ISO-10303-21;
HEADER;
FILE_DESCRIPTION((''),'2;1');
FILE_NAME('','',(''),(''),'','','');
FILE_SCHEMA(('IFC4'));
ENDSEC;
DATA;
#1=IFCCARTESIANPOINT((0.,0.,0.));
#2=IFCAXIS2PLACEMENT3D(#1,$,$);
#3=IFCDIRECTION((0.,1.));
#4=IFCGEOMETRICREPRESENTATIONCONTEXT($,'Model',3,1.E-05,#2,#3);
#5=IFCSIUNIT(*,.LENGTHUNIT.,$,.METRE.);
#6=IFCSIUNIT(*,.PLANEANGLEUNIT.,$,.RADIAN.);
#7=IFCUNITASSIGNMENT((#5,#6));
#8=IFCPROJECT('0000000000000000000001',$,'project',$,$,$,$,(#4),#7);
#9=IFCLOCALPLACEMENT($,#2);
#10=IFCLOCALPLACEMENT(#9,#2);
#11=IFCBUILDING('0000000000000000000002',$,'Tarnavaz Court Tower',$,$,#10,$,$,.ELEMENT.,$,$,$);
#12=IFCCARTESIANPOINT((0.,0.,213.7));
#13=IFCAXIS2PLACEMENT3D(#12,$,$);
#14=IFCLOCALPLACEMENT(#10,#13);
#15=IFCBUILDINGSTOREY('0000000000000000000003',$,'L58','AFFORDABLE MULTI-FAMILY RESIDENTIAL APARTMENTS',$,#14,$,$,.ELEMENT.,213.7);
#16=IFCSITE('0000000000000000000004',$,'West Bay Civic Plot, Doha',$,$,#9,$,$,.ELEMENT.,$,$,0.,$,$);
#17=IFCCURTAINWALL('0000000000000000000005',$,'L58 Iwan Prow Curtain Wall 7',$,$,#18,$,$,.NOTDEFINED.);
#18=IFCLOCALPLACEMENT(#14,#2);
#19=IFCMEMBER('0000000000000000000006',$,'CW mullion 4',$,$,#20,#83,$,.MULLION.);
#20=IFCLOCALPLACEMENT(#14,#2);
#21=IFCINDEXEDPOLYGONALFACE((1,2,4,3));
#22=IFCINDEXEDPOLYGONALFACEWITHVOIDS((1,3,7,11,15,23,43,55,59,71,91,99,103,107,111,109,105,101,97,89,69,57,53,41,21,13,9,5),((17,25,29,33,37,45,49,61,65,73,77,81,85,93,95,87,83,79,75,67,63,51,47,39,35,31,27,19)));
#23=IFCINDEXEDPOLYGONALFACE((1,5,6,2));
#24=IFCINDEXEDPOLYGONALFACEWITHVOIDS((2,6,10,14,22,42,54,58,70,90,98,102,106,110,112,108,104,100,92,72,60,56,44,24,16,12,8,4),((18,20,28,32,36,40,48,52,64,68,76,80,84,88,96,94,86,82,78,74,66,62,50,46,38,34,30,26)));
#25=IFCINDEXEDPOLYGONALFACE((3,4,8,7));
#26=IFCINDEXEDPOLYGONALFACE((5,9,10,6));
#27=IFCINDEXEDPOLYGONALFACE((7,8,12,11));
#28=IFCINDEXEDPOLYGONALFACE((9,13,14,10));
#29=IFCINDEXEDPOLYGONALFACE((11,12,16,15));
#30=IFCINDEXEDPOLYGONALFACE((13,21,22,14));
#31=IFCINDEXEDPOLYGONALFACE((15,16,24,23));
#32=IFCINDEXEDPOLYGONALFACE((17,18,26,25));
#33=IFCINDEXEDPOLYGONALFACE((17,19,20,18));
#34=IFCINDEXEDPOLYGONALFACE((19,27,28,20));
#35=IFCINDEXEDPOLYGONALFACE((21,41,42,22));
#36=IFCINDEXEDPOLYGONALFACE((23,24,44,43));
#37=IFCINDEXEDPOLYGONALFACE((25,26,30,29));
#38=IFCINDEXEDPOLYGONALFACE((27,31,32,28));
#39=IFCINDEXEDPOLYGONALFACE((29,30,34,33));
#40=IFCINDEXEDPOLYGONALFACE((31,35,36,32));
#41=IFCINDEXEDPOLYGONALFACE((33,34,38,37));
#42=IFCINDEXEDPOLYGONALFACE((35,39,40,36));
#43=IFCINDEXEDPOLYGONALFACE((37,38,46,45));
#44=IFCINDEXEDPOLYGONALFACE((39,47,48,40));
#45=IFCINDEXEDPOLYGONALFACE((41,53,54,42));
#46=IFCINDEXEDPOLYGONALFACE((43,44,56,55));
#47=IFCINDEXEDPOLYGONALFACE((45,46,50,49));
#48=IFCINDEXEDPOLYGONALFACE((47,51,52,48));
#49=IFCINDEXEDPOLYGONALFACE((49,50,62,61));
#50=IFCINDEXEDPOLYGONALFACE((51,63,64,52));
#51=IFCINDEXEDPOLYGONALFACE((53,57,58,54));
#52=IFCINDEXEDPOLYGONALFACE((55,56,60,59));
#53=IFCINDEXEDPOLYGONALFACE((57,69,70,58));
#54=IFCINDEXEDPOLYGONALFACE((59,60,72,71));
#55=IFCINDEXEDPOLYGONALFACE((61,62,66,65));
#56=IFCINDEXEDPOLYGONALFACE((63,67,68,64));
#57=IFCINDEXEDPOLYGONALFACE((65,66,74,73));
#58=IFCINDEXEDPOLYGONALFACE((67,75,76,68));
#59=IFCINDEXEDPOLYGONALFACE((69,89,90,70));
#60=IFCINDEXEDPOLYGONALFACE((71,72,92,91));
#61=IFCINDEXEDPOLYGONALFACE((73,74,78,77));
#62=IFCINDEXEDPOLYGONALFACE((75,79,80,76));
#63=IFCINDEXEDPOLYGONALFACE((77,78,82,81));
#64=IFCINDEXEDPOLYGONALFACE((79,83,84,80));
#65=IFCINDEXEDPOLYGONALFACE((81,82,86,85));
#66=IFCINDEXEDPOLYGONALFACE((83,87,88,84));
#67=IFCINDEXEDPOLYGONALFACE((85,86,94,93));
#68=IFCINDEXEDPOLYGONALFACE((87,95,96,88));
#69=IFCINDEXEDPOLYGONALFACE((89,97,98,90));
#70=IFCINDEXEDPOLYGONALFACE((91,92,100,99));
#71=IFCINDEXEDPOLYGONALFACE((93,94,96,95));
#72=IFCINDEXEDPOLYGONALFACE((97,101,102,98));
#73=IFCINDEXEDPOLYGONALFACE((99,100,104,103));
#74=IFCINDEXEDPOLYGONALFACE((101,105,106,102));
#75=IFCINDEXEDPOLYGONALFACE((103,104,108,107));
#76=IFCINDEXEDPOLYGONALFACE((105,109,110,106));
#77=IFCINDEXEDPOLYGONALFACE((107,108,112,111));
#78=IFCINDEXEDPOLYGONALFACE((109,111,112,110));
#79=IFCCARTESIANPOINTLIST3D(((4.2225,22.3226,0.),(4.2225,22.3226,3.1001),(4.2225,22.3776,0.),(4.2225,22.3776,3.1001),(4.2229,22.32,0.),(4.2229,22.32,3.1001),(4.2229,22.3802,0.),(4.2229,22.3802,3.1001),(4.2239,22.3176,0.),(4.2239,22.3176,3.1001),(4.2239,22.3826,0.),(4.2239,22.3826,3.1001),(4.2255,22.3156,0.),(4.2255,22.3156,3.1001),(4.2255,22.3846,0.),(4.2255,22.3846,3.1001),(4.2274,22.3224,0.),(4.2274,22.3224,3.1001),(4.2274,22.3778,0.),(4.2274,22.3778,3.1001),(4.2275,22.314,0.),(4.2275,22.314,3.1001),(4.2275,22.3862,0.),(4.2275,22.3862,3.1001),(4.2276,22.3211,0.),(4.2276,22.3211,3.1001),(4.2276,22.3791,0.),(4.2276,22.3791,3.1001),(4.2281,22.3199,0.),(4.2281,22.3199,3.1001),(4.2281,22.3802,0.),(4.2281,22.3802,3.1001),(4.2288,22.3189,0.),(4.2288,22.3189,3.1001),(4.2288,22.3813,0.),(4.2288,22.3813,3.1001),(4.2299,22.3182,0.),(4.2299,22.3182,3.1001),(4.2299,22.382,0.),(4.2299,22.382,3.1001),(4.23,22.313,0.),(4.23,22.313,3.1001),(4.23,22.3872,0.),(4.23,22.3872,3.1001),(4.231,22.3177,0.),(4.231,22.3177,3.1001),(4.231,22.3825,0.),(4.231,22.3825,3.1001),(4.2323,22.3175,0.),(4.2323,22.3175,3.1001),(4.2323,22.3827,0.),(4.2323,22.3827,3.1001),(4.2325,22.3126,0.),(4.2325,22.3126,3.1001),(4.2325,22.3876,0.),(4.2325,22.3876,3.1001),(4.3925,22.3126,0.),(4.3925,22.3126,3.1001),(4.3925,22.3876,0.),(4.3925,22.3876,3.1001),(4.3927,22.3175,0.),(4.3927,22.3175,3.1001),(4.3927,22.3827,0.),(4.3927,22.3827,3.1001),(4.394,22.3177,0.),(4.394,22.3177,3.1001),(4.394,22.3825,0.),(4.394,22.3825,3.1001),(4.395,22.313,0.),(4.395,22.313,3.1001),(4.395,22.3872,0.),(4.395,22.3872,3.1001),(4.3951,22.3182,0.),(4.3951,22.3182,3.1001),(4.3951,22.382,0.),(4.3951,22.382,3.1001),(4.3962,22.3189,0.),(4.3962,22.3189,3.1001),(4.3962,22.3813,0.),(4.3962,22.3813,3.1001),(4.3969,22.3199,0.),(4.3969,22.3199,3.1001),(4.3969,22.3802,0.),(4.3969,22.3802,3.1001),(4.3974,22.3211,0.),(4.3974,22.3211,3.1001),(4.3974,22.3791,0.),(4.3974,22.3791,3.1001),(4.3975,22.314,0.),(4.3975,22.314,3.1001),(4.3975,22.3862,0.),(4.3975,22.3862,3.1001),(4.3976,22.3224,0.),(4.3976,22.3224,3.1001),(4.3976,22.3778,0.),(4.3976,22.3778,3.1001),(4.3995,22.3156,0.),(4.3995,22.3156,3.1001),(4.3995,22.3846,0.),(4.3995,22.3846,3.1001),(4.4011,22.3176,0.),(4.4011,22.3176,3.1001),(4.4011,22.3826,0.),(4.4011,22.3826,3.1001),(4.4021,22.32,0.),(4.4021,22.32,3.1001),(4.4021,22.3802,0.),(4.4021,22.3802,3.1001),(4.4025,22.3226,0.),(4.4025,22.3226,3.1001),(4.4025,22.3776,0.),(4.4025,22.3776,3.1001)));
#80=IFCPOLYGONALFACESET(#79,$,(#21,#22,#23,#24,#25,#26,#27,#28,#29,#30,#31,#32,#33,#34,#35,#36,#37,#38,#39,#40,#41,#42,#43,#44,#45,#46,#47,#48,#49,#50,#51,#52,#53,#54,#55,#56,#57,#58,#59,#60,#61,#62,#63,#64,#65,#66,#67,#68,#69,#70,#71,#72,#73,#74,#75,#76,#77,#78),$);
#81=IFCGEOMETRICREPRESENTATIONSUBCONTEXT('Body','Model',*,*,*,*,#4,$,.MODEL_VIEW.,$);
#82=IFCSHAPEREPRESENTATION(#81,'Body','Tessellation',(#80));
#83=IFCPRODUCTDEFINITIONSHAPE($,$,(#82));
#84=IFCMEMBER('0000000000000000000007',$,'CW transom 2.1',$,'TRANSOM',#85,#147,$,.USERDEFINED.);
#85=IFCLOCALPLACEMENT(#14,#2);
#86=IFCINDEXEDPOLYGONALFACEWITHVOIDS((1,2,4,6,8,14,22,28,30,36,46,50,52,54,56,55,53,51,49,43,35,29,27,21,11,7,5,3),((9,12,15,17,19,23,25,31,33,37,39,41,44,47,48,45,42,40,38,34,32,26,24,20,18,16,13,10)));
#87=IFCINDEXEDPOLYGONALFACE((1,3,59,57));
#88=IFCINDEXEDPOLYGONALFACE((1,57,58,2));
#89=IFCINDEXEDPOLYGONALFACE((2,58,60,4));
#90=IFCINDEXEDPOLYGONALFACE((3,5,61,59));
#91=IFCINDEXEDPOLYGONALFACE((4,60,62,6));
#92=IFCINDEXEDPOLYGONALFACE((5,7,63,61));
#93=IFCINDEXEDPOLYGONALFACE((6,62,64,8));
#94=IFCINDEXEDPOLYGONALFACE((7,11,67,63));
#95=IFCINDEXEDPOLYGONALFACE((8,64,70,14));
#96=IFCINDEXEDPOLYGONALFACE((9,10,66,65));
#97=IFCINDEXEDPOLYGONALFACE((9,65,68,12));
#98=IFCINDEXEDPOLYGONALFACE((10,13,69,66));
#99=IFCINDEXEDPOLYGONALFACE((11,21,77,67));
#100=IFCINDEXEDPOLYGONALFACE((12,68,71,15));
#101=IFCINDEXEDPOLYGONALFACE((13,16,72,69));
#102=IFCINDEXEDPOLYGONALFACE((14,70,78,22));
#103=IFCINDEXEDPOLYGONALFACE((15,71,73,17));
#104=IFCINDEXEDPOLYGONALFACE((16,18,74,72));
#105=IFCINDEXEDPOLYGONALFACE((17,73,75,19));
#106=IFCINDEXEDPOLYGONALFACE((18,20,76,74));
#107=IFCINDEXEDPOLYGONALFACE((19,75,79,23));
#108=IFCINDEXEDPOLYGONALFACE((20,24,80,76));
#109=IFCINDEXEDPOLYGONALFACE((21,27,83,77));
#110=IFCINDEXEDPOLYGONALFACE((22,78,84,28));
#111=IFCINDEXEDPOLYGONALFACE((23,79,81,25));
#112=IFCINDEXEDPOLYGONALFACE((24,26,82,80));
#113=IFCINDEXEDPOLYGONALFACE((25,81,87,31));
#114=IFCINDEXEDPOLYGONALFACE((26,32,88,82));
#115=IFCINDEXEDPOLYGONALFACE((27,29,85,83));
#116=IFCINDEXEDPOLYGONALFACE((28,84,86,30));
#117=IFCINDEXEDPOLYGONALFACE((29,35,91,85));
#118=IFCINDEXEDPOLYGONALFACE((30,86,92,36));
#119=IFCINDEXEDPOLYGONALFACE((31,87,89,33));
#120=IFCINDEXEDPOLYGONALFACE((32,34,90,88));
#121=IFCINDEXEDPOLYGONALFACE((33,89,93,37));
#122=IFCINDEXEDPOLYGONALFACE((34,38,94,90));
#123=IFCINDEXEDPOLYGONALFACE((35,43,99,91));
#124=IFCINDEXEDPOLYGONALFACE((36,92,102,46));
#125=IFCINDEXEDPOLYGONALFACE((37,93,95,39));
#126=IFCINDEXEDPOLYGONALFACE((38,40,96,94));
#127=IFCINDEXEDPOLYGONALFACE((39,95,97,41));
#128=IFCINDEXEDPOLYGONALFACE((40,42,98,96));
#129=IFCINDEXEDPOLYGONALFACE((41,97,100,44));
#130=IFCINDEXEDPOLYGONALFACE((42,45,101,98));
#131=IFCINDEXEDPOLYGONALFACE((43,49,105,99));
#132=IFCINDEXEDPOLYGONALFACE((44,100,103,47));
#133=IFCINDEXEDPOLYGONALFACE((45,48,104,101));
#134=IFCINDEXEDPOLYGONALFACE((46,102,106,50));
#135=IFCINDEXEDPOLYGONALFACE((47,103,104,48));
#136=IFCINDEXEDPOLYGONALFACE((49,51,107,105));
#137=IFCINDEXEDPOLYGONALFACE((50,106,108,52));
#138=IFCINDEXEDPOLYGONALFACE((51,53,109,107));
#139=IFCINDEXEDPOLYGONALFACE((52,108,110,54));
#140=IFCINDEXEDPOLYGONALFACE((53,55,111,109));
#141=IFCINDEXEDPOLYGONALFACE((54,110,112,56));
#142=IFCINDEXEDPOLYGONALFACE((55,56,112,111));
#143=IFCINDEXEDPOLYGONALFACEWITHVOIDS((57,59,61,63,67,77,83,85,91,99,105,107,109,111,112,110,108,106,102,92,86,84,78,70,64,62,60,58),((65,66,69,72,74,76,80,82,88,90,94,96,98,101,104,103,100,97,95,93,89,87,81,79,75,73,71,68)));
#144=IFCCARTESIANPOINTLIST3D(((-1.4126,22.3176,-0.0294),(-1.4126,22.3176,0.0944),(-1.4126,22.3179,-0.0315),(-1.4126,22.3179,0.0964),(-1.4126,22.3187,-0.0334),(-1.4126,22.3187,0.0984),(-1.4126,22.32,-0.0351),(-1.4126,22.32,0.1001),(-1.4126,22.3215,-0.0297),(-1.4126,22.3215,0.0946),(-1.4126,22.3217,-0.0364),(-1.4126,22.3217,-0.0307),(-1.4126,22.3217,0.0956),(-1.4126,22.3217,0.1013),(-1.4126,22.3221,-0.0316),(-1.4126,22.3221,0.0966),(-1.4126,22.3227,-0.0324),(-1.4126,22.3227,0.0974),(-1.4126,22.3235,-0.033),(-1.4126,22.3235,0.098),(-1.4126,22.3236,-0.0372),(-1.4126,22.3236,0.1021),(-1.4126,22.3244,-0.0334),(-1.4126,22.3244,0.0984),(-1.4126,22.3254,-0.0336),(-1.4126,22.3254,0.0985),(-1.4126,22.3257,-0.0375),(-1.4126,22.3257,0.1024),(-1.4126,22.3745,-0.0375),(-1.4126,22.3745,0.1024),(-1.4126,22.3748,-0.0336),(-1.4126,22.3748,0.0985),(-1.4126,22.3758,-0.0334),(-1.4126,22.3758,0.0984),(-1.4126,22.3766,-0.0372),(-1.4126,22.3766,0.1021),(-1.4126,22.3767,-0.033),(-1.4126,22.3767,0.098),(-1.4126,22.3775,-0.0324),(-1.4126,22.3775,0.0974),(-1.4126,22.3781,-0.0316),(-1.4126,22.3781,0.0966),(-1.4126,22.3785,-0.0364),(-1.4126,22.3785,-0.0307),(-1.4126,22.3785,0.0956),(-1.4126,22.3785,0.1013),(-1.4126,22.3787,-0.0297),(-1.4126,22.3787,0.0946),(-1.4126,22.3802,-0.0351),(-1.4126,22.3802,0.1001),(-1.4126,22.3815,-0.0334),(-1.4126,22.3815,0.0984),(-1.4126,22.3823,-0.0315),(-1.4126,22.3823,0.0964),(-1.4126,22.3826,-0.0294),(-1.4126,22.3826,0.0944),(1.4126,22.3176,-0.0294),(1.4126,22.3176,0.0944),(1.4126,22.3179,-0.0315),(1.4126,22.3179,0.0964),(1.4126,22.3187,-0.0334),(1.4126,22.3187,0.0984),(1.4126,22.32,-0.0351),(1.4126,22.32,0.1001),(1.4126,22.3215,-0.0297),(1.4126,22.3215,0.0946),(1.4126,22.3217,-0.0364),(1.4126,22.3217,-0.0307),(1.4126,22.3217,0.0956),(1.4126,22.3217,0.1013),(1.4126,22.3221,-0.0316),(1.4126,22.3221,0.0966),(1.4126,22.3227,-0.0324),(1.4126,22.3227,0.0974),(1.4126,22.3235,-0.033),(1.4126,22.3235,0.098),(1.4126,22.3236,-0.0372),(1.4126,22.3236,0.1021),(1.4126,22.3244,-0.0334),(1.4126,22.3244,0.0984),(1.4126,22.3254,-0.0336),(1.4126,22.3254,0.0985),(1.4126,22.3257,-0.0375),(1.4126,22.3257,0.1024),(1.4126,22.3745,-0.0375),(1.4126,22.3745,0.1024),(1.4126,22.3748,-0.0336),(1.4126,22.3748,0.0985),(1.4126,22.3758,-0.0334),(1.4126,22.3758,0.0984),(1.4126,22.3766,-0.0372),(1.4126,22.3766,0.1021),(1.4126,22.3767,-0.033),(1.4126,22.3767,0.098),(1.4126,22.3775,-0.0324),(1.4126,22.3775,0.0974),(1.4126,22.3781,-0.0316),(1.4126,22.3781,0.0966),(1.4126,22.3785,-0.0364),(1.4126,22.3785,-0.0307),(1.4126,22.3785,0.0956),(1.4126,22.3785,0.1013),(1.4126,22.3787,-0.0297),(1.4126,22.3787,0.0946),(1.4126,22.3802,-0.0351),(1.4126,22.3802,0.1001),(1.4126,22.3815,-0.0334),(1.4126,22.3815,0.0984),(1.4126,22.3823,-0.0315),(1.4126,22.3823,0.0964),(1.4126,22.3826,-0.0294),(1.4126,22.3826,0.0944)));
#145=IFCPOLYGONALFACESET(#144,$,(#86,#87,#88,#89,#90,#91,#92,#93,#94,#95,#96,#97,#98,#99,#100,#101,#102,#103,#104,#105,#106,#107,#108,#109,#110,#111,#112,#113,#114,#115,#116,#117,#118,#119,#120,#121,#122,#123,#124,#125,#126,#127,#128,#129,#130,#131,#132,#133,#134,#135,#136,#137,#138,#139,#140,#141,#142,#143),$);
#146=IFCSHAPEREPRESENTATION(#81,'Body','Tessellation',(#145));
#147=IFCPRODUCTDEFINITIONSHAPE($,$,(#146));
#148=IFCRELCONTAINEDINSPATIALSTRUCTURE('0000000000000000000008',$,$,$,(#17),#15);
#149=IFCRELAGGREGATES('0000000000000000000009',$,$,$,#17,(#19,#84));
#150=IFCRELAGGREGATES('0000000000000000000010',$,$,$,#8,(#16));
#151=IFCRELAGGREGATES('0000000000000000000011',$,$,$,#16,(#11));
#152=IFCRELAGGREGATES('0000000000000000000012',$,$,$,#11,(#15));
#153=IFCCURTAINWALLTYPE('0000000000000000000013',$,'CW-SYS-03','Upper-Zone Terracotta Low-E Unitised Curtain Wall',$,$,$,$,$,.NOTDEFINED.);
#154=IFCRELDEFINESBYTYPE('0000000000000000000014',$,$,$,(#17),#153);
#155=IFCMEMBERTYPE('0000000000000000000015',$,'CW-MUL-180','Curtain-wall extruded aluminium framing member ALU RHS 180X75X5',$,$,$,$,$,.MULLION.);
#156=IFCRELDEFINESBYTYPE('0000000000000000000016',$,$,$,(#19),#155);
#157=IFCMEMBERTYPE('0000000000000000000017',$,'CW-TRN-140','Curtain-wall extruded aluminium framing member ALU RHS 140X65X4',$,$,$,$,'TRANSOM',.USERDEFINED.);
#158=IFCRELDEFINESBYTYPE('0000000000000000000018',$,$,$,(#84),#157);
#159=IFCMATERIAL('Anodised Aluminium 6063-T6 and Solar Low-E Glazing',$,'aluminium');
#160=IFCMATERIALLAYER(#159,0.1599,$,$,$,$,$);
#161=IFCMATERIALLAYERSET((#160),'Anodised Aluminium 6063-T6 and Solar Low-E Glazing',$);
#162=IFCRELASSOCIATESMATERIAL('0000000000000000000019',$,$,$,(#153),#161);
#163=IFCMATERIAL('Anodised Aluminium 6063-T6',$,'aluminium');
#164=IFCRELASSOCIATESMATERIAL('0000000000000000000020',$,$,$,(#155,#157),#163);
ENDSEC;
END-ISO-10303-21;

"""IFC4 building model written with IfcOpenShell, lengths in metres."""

from ifc_helpers import new_model, si_unit, direction, frame, origin, origin_2d, place, context, subcontext, project, spatial, hollow_rectangle, extrude, material, layer, layer_set, material_profile, profile_set, type_object, element, aggregate, save


model = new_model("IFC4")

# Units and contexts
model_context = context("Model", 3, precision=1e-05, world=origin(), true_north=direction((0.0, 1.0)))
body_context = subcontext(model_context, "Body", "Model", "MODEL_VIEW")
ifc_project = project(units=[si_unit("LENGTHUNIT", "METRE"), si_unit("PLANEANGLEUNIT", "RADIAN")], contexts=[model_context])

# Site, building, storey
site_placement = place(None, origin())
site = spatial("IfcSite", under=ifc_project, at=site_placement, Name="West Bay Civic Plot, Doha", CompositionType="ELEMENT", RefElevation=0.0)
building_placement = place(site_placement, origin())
building = spatial("IfcBuilding", under=site, at=building_placement, Name="Tarnavaz Court Tower", CompositionType="ELEMENT")
storey_placement = place(building_placement, frame((0.0, 0.0, 213.7)))
storey = spatial("IfcBuildingStorey", under=building, at=storey_placement, Name="L58", Description="AFFORDABLE MULTI-FAMILY RESIDENTIAL APARTMENTS", CompositionType="ELEMENT", Elevation=213.7)

# Curtain wall, members
ifc_material_1 = material(Name="Anodised Aluminium 6063-T6 and Solar Low-E Glazing", Category="aluminium")
ifc_layer_1 = layer(ifc_material_1, 0.1599)
ifc_layer_set_1 = layer_set([ifc_layer_1], Name="Anodised Aluminium 6063-T6 and Solar Low-E Glazing")
curtain_wall_type = type_object("IfcCurtainWallType", Name="CW-SYS-03", Description="Upper-Zone Terracotta Low-E Unitised Curtain Wall", PredefinedType="NOTDEFINED", material=ifc_layer_set_1)
curtain_wall_placement = place(storey_placement, origin())
curtain_wall = element("IfcCurtainWall", 1, at=curtain_wall_placement, inside=storey, type_object=curtain_wall_type, Name="L58 Iwan Prow Curtain Wall 7", PredefinedType="NOTDEFINED")
ifc_material_2 = material(Name="Anodised Aluminium 6063-T6", Category="aluminium")
ifc_material_profile_1 = material_profile(ifc_material_2, hollow_rectangle(XDim=0.075, YDim=0.1799, WallThickness=0.0049, InnerFilletRadius=0.0049, OuterFilletRadius=0.01, at=origin_2d()), Name="ALU RHS 180X75X5")
ifc_profile_set_1 = profile_set([ifc_material_profile_1], Name="Anodised Aluminium 6063-T6")
member_type_1 = type_object("IfcMemberType", Name="CW-MUL-180", Description="Curtain-wall extruded aluminium framing member ALU RHS 180X75X5", PredefinedType="MULLION", material=ifc_profile_set_1)
member_1_placement = place(storey_placement, frame((4.3125, 22.3501, 0.0), z_axis=(0.0, 0.0, 1.0), x_axis=(0.0, 1.0, 0.0)))
member_1 = element("IfcMember", 2, at=member_1_placement, type_object=member_type_1, Name="CW mullion 4", PredefinedType="MULLION", context=body_context, shape_type="SweptSolid", body=[
    extrude(hollow_rectangle(XDim=0.075, YDim=0.1799, WallThickness=0.0049, InnerFilletRadius=0.0049, OuterFilletRadius=0.01, at=origin_2d()), origin(), (0.0, 0.0, 1.0), 3.1001),
])
ifc_material_profile_2 = material_profile(ifc_material_2, hollow_rectangle(XDim=0.0649, YDim=0.1399, WallThickness=0.0039, InnerFilletRadius=0.0039, OuterFilletRadius=0.0081, at=origin_2d()), Name="ALU RHS 140X65X4")
ifc_profile_set_2 = profile_set([ifc_material_profile_2], Name="Anodised Aluminium 6063-T6")
member_type_2 = type_object("IfcMemberType", Name="CW-TRN-140", Description="Curtain-wall extruded aluminium framing member ALU RHS 140X65X4", ElementType="TRANSOM", PredefinedType="USERDEFINED", material=ifc_profile_set_2)
member_2_placement = place(storey_placement, frame((-1.4126, 22.3501, 0.0325), z_axis=(1.0, 0.0, 0.0), x_axis=(0.0, 1.0, 0.0)))
member_2 = element("IfcMember", 3, at=member_2_placement, type_object=member_type_2, Name="CW transom 2.1", ObjectType="TRANSOM", PredefinedType="USERDEFINED", context=body_context, shape_type="SweptSolid", body=[
    extrude(hollow_rectangle(XDim=0.0649, YDim=0.1399, WallThickness=0.0039, InnerFilletRadius=0.0039, OuterFilletRadius=0.0081, at=origin_2d()), origin(), (0.0, 0.0, 1.0), 2.8252),
])
aggregate(curtain_wall, [member_1, member_2])

save(model, "model.ifc")
